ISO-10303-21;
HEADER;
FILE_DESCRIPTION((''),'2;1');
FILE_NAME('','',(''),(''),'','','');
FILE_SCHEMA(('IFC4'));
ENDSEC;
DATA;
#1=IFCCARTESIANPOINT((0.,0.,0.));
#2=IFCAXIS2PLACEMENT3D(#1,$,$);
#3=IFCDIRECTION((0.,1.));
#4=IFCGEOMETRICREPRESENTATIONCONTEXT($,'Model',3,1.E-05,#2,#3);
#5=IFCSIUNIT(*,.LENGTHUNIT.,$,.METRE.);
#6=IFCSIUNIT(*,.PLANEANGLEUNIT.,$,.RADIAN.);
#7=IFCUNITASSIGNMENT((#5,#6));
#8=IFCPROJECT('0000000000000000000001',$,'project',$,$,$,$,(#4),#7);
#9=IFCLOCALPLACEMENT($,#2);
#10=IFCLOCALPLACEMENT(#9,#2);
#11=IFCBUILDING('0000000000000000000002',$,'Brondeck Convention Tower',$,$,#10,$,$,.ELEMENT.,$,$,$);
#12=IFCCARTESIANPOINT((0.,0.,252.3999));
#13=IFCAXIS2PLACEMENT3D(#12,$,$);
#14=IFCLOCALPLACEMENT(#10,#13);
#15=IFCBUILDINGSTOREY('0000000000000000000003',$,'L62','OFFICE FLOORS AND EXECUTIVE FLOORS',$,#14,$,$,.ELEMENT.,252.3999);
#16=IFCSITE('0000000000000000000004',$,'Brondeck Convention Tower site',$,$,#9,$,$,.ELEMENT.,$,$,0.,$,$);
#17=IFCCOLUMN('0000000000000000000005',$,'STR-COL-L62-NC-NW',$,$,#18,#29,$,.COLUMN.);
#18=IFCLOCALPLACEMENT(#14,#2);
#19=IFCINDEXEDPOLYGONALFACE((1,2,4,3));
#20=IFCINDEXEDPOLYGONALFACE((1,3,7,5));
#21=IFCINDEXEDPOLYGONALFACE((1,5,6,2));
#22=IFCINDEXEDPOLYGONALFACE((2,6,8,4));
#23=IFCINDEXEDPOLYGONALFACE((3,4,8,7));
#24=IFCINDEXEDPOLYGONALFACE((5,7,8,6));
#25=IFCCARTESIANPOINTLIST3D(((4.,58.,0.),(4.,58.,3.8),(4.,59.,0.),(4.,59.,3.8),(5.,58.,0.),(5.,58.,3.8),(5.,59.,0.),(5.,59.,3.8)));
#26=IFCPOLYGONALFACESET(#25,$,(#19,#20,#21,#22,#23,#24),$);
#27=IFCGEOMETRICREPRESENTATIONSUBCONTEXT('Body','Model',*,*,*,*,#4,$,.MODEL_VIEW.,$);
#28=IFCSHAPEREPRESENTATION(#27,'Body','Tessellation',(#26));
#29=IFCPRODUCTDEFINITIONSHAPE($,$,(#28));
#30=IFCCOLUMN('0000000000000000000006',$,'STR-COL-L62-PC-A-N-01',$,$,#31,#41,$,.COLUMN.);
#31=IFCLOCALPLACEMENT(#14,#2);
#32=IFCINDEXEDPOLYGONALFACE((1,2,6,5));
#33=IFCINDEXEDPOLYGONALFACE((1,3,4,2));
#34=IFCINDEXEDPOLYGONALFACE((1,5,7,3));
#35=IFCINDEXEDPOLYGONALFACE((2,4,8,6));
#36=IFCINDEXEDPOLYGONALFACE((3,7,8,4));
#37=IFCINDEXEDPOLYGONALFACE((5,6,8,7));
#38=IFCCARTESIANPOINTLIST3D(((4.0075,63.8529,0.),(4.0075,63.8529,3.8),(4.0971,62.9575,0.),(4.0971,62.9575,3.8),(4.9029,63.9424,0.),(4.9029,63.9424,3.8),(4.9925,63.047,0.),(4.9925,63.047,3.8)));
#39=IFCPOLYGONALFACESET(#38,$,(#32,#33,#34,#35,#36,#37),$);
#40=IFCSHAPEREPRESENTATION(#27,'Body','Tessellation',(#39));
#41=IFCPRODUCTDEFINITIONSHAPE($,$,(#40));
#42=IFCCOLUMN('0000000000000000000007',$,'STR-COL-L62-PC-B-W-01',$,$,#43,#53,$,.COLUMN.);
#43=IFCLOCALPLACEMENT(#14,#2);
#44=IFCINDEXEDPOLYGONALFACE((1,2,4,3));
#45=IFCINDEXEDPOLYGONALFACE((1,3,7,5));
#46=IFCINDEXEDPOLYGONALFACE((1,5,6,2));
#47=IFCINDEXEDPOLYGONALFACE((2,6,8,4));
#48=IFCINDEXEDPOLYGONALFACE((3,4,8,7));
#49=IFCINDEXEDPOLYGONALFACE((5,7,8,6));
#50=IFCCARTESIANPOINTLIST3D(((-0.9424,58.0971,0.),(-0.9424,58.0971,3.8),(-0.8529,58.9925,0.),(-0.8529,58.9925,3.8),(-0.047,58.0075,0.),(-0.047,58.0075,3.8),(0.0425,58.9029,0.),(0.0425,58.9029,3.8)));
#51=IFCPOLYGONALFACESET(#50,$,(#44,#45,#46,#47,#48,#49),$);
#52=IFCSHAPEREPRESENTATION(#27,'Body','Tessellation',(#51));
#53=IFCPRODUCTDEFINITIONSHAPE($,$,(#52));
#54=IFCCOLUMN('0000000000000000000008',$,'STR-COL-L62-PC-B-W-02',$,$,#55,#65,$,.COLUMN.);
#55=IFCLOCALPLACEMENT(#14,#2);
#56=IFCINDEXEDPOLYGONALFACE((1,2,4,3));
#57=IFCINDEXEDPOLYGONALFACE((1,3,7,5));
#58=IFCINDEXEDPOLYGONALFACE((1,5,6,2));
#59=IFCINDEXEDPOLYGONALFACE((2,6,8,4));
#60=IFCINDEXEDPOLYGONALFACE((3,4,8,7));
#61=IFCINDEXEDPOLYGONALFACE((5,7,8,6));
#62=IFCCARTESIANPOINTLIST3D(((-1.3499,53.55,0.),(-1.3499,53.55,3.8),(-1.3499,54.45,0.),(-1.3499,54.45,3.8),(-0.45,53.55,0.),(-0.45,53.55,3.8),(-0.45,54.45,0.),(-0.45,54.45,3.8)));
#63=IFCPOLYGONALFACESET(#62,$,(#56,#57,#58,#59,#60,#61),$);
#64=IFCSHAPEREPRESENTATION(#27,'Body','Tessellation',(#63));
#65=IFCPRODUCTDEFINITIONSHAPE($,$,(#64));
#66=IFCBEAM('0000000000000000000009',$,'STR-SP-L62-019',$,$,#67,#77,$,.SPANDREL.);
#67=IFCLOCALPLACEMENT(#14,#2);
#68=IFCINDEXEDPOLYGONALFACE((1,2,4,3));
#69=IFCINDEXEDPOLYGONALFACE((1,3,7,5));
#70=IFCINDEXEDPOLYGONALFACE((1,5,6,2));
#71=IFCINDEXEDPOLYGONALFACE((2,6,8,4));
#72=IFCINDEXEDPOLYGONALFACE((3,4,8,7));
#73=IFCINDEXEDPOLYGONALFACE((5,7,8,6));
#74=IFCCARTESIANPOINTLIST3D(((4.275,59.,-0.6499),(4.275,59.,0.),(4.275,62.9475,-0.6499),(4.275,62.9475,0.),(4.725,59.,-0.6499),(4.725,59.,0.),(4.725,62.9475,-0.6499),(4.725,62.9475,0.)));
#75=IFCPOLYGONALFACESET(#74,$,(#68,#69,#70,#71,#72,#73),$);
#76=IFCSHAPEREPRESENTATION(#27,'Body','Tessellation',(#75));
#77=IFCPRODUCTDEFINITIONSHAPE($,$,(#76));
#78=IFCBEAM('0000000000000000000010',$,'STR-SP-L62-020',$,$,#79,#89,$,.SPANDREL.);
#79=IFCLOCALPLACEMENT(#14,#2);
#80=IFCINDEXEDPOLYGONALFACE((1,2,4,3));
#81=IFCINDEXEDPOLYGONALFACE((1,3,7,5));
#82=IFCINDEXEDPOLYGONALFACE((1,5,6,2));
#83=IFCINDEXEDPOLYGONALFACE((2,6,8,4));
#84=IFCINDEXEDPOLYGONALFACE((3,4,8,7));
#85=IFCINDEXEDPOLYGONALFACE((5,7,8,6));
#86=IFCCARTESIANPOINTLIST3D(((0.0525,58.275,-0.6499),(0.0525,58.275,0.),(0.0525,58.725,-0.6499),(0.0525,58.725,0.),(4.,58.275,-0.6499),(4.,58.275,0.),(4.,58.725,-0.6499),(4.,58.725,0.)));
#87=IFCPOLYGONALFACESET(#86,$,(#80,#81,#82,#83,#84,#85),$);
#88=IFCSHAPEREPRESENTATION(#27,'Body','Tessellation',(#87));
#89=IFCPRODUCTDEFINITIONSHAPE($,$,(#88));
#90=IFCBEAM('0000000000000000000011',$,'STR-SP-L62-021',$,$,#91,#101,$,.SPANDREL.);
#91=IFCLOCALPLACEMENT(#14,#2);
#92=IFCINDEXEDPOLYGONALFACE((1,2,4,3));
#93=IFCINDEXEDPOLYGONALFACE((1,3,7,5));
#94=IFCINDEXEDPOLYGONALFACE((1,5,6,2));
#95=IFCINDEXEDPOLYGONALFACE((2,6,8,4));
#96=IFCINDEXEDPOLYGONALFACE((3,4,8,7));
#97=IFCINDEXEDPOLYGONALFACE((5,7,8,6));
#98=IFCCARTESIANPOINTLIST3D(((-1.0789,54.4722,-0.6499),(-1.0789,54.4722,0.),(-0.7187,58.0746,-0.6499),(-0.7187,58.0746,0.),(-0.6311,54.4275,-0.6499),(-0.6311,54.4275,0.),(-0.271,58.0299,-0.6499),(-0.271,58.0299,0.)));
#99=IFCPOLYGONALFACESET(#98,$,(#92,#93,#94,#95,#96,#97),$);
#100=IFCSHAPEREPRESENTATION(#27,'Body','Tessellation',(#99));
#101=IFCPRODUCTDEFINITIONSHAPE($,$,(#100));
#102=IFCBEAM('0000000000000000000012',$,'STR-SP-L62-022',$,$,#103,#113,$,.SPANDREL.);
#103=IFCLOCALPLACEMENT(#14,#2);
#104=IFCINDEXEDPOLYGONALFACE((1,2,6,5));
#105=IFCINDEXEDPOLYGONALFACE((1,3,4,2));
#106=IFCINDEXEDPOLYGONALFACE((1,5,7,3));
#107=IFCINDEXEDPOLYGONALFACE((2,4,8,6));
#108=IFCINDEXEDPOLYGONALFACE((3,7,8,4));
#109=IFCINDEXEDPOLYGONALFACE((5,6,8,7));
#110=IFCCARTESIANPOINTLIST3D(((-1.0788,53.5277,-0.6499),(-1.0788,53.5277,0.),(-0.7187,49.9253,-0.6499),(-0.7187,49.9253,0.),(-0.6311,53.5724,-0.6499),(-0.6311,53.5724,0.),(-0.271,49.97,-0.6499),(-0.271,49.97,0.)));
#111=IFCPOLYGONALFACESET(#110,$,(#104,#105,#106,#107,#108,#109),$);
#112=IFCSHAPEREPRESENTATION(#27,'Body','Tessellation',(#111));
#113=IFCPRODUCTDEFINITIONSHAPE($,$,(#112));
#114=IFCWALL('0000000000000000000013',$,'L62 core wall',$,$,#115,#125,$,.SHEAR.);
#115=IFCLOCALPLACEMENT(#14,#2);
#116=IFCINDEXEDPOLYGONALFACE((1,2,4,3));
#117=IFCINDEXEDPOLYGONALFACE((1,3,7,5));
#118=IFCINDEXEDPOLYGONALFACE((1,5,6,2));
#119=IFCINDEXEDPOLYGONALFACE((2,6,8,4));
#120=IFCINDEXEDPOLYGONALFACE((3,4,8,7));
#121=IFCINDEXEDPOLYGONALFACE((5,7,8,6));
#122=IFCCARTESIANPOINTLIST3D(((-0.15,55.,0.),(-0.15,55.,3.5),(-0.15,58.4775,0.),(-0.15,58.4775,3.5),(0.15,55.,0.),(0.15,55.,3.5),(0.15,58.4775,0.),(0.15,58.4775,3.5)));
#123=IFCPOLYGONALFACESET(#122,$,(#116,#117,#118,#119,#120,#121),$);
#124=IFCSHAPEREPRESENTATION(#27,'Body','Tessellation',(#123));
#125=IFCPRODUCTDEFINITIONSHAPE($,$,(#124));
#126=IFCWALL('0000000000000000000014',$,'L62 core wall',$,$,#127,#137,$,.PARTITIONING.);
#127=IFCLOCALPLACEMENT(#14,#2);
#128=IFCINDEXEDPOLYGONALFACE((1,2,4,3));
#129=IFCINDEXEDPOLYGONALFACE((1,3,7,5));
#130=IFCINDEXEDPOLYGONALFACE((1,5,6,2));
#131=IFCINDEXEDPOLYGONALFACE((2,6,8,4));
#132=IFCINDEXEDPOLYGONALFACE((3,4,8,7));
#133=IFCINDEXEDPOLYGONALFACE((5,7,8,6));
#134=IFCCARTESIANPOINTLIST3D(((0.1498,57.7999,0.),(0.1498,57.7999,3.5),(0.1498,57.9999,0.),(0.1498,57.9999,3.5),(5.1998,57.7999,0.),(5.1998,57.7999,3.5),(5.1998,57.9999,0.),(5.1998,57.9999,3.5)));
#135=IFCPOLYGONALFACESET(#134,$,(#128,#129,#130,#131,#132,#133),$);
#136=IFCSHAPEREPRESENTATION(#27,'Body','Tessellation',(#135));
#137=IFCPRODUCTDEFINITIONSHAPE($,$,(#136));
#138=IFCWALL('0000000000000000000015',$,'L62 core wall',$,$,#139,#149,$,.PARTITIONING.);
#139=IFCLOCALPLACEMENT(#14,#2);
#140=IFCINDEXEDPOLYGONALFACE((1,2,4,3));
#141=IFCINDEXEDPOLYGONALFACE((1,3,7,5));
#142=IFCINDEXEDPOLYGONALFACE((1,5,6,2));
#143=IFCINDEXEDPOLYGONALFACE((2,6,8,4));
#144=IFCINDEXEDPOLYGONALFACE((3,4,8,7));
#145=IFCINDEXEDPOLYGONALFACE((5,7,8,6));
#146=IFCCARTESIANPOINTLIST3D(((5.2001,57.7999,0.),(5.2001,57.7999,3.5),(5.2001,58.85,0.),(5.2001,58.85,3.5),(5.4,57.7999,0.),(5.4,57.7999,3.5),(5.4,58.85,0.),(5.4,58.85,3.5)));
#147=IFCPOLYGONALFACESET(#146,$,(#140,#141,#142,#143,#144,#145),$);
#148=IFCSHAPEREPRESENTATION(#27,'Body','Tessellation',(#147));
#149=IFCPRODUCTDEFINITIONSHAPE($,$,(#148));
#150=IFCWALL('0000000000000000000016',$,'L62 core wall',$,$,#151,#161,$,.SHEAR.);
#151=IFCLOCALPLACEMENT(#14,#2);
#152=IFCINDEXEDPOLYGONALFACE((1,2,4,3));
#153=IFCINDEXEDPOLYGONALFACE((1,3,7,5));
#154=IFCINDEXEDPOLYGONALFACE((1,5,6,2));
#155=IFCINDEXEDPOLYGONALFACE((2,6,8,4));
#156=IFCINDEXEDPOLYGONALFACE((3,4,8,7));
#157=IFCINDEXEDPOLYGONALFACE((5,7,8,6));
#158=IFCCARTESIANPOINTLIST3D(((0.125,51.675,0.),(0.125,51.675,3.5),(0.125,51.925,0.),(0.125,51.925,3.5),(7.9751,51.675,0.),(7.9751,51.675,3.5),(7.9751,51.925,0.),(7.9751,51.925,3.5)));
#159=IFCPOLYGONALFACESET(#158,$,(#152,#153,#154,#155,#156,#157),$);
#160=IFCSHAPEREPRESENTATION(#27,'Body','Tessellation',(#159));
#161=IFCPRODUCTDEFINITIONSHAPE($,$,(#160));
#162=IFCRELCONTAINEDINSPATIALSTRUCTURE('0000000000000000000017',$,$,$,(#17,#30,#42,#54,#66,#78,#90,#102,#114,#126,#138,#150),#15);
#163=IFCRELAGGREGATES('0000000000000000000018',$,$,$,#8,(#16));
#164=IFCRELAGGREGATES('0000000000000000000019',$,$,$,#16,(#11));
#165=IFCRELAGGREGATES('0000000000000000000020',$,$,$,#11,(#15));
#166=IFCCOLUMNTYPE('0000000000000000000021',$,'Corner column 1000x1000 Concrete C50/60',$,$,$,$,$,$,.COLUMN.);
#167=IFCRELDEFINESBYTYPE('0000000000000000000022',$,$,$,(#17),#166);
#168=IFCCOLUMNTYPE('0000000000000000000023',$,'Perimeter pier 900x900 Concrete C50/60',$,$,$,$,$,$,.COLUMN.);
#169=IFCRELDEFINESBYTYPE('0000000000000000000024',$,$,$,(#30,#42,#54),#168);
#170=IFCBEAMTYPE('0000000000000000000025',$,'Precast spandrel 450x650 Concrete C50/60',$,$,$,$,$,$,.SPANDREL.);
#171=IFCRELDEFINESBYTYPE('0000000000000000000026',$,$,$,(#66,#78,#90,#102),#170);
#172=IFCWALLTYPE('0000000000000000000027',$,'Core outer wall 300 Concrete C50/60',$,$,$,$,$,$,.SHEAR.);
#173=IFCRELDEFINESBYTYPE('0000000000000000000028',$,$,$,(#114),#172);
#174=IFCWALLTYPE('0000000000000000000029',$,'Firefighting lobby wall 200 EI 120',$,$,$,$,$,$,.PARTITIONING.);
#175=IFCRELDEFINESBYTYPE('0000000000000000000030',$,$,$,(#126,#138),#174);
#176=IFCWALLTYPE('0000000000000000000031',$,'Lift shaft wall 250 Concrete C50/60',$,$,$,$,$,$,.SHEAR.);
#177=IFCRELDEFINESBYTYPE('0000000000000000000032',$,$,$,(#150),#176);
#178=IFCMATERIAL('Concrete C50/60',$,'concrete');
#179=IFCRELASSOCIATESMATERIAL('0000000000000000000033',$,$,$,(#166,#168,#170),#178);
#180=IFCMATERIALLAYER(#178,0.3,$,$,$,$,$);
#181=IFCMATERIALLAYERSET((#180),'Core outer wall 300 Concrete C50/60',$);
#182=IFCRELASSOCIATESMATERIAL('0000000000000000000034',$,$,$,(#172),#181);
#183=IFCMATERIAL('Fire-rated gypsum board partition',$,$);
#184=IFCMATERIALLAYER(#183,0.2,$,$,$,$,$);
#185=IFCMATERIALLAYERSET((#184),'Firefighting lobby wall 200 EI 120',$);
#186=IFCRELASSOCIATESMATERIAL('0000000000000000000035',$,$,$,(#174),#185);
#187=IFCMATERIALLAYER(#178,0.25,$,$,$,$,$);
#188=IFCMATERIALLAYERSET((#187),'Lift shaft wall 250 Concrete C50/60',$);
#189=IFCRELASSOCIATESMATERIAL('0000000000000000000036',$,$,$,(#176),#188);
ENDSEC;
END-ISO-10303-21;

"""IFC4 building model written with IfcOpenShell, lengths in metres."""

from ifc_helpers import new_model, si_unit, direction, frame, frame_2d, origin, origin_2d, place, context, subcontext, project, spatial, rectangle, extrude, material, layer, layer_set, material_profile, profile_set, type_object, element, save


model = new_model("IFC4")

# Units and contexts
model_context = context("Model", 3, precision=1e-05, world=origin(), true_north=direction((0.0, 1.0)))
body_context = subcontext(model_context, "Body", "Model", "MODEL_VIEW")
ifc_project = project(units=[si_unit("LENGTHUNIT", "METRE"), si_unit("PLANEANGLEUNIT", "RADIAN")], contexts=[model_context])

# Site, building, storey
site_placement = place(None, origin())
site = spatial("IfcSite", under=ifc_project, at=site_placement, Name="Brondeck Convention Tower site", CompositionType="ELEMENT", RefElevation=0.0)
building_placement = place(site_placement, origin())
building = spatial("IfcBuilding", under=site, at=building_placement, Name="Brondeck Convention Tower", CompositionType="ELEMENT")
storey_placement = place(building_placement, frame((0.0, 0.0, 252.3999)))
storey = spatial("IfcBuildingStorey", under=building, at=storey_placement, Name="L62", Description="OFFICE FLOORS AND EXECUTIVE FLOORS", CompositionType="ELEMENT", Elevation=252.3999)

# Columns
ifc_material_1 = material(Name="Concrete C50/60", Category="concrete")
ifc_material_profile_1 = material_profile(ifc_material_1, rectangle(XDim=1.0, YDim=1.0, at=origin_2d()), Name="Corner column 1000x1000 Concrete C50/60")
ifc_profile_set_1 = profile_set([ifc_material_profile_1], Name="Concrete C50/60")
column_type_1 = type_object("IfcColumnType", Name="Corner column 1000x1000 Concrete C50/60", PredefinedType="COLUMN", material=ifc_profile_set_1)
column_placement = place(storey_placement, frame((4.5, 58.5, 0.0), z_axis=(0.0, 0.0, 1.0), x_axis=(1.0, 0.0, 0.0)))
element("IfcColumn", 1, at=column_placement, inside=storey, type_object=column_type_1, Name="STR-COL-L62-NC-NW", PredefinedType="COLUMN", context=body_context, shape_type="SweptSolid", body=[
    extrude(rectangle(XDim=1.0, YDim=1.0, at=origin_2d()), origin(), (0.0, 0.0, 1.0), 3.8),
])
ifc_material_profile_2 = material_profile(ifc_material_1, rectangle(XDim=0.8999, YDim=0.8999, at=origin_2d()), Name="Perimeter pier 900x900 Concrete C50/60")
ifc_profile_set_2 = profile_set([ifc_material_profile_2], Name="Concrete C50/60")
column_type_2 = type_object("IfcColumnType", Name="Perimeter pier 900x900 Concrete C50/60", PredefinedType="COLUMN", material=ifc_profile_set_2)
for number, where, z_axis, x_axis, name in (
    (2, (4.5, 63.45, 0.0), (0.0, 0.0, 1.0), (-0.995037, -0.099504, 0.0), "STR-COL-L62-PC-A-N-01"),
    (3, (-0.45, 58.5, 0.0), (0.0, 0.0, 1.0), (-0.099504, -0.995037, 0.0), "STR-COL-L62-PC-B-W-01"),
    (4, (-0.8999, 54.0, 0.0), (0.0, 0.0, 1.0), (0.0, -1.0, 0.0), "STR-COL-L62-PC-B-W-02"),
):
    element("IfcColumn", number, at=place(storey_placement, frame(where, z_axis=z_axis, x_axis=x_axis)), inside=storey, type_object=column_type_2, Name=name, PredefinedType="COLUMN", context=body_context, shape_type="SweptSolid", body=[
        extrude(rectangle(XDim=0.8999, YDim=0.8999, at=origin_2d()), origin(), (0.0, 0.0, 1.0), 3.8),
    ])

# Beams
ifc_material_profile_3 = material_profile(ifc_material_1, rectangle(XDim=0.45, YDim=0.6499, at=origin_2d()), Name="Precast spandrel 450x650 Concrete C50/60")
ifc_profile_set_3 = profile_set([ifc_material_profile_3], Name="Concrete C50/60")
beam_type = type_object("IfcBeamType", Name="Precast spandrel 450x650 Concrete C50/60", PredefinedType="SPANDREL", material=ifc_profile_set_3)
for number, where, z_axis, x_axis, name in (
    (5, (4.5, 62.9475, -0.325), (0.0, -1.0, 0.0), (1.0, 0.0, 0.0), "STR-SP-L62-019"),
    (6, (4.0, 58.5, -0.325), (-1.0, 0.0, 0.0), (0.0, -1.0, 0.0), "STR-SP-L62-020"),
):
    element("IfcBeam", number, at=place(storey_placement, frame(where, z_axis=z_axis, x_axis=x_axis)), inside=storey, type_object=beam_type, Name=name, PredefinedType="SPANDREL", context=body_context, shape_type="SweptSolid", body=[
        extrude(rectangle(XDim=0.45, YDim=0.6499, at=origin_2d()), origin(), (0.0, 0.0, 1.0), 3.9475),
    ])
for number, where, z_axis, x_axis, name in (
    (7, (-0.4949, 58.0522, -0.325), (-0.09947, -0.995041, 0.0), (0.995041, -0.09947, 0.0), "STR-SP-L62-021"),
    (8, (-0.855, 53.55, -0.325), (0.09947, -0.995041, 0.0), (0.995041, 0.09947, 0.0), "STR-SP-L62-022"),
):
    element("IfcBeam", number, at=place(storey_placement, frame(where, z_axis=z_axis, x_axis=x_axis)), inside=storey, type_object=beam_type, Name=name, PredefinedType="SPANDREL", context=body_context, shape_type="SweptSolid", body=[
        extrude(rectangle(XDim=0.45, YDim=0.6499, at=origin_2d()), origin(), (0.0, 0.0, 1.0), 3.6204),
    ])

# Walls
ifc_layer_1 = layer(ifc_material_1, 0.3)
ifc_layer_set_1 = layer_set([ifc_layer_1], Name="Core outer wall 300 Concrete C50/60")
wall_type_1 = type_object("IfcWallType", Name="Core outer wall 300 Concrete C50/60", PredefinedType="SHEAR", material=ifc_layer_set_1)
wall_1_placement = place(storey_placement, frame((0.0, 55.0, 0.0), z_axis=(0.0, 0.0, 1.0), x_axis=(0.0, 1.0, 0.0)))
element("IfcWall", 9, at=wall_1_placement, inside=storey, type_object=wall_type_1, Name="L62 core wall", PredefinedType="SHEAR", context=body_context, shape_type="SweptSolid", body=[
    extrude(rectangle(XDim=3.4775, YDim=0.3, at=frame_2d((1.7388, 0.0))), origin(), (0.0, 0.0, 1.0), 3.5),
])
ifc_material_2 = material(Name="Fire-rated gypsum board partition")
ifc_layer_2 = layer(ifc_material_2, 0.2)
ifc_layer_set_2 = layer_set([ifc_layer_2], Name="Firefighting lobby wall 200 EI 120")
wall_type_2 = type_object("IfcWallType", Name="Firefighting lobby wall 200 EI 120", PredefinedType="PARTITIONING", material=ifc_layer_set_2)
wall_2_placement = place(storey_placement, frame((0.1499, 57.8999, 0.0), z_axis=(0.0, 0.0, 1.0), x_axis=(1.0, 0.0, 0.0)))
element("IfcWall", 10, at=wall_2_placement, inside=storey, type_object=wall_type_2, Name="L62 core wall", PredefinedType="PARTITIONING", context=body_context, shape_type="SweptSolid", body=[
    extrude(rectangle(XDim=5.05, YDim=0.2, at=frame_2d((2.5249, 0.0))), origin(), (0.0, 0.0, 1.0), 3.5),
])
wall_3_placement = place(storey_placement, frame((5.3, 57.8, 0.0), z_axis=(0.0, 0.0, 1.0), x_axis=(0.0, 1.0, 0.0)))
element("IfcWall", 11, at=wall_3_placement, inside=storey, type_object=wall_type_2, Name="L62 core wall", PredefinedType="PARTITIONING", context=body_context, shape_type="SweptSolid", body=[
    extrude(rectangle(XDim=1.05, YDim=0.2, at=frame_2d((0.5249, 0.0))), origin(), (0.0, 0.0, 1.0), 3.5),
])
ifc_layer_3 = layer(ifc_material_1, 0.25)
ifc_layer_set_3 = layer_set([ifc_layer_3], Name="Lift shaft wall 250 Concrete C50/60")
wall_type_3 = type_object("IfcWallType", Name="Lift shaft wall 250 Concrete C50/60", PredefinedType="SHEAR", material=ifc_layer_set_3)
wall_4_placement = place(storey_placement, frame((0.125, 51.8, 0.0), z_axis=(0.0, 0.0, 1.0), x_axis=(1.0, 0.0, 0.0)))
element("IfcWall", 12, at=wall_4_placement, inside=storey, type_object=wall_type_3, Name="L62 core wall", PredefinedType="SHEAR", context=body_context, shape_type="SweptSolid", body=[
    extrude(rectangle(XDim=7.8501, YDim=0.25, at=frame_2d((3.925, 0.0))), origin(), (0.0, 0.0, 1.0), 3.5),
])

save(model, "model.ifc")
